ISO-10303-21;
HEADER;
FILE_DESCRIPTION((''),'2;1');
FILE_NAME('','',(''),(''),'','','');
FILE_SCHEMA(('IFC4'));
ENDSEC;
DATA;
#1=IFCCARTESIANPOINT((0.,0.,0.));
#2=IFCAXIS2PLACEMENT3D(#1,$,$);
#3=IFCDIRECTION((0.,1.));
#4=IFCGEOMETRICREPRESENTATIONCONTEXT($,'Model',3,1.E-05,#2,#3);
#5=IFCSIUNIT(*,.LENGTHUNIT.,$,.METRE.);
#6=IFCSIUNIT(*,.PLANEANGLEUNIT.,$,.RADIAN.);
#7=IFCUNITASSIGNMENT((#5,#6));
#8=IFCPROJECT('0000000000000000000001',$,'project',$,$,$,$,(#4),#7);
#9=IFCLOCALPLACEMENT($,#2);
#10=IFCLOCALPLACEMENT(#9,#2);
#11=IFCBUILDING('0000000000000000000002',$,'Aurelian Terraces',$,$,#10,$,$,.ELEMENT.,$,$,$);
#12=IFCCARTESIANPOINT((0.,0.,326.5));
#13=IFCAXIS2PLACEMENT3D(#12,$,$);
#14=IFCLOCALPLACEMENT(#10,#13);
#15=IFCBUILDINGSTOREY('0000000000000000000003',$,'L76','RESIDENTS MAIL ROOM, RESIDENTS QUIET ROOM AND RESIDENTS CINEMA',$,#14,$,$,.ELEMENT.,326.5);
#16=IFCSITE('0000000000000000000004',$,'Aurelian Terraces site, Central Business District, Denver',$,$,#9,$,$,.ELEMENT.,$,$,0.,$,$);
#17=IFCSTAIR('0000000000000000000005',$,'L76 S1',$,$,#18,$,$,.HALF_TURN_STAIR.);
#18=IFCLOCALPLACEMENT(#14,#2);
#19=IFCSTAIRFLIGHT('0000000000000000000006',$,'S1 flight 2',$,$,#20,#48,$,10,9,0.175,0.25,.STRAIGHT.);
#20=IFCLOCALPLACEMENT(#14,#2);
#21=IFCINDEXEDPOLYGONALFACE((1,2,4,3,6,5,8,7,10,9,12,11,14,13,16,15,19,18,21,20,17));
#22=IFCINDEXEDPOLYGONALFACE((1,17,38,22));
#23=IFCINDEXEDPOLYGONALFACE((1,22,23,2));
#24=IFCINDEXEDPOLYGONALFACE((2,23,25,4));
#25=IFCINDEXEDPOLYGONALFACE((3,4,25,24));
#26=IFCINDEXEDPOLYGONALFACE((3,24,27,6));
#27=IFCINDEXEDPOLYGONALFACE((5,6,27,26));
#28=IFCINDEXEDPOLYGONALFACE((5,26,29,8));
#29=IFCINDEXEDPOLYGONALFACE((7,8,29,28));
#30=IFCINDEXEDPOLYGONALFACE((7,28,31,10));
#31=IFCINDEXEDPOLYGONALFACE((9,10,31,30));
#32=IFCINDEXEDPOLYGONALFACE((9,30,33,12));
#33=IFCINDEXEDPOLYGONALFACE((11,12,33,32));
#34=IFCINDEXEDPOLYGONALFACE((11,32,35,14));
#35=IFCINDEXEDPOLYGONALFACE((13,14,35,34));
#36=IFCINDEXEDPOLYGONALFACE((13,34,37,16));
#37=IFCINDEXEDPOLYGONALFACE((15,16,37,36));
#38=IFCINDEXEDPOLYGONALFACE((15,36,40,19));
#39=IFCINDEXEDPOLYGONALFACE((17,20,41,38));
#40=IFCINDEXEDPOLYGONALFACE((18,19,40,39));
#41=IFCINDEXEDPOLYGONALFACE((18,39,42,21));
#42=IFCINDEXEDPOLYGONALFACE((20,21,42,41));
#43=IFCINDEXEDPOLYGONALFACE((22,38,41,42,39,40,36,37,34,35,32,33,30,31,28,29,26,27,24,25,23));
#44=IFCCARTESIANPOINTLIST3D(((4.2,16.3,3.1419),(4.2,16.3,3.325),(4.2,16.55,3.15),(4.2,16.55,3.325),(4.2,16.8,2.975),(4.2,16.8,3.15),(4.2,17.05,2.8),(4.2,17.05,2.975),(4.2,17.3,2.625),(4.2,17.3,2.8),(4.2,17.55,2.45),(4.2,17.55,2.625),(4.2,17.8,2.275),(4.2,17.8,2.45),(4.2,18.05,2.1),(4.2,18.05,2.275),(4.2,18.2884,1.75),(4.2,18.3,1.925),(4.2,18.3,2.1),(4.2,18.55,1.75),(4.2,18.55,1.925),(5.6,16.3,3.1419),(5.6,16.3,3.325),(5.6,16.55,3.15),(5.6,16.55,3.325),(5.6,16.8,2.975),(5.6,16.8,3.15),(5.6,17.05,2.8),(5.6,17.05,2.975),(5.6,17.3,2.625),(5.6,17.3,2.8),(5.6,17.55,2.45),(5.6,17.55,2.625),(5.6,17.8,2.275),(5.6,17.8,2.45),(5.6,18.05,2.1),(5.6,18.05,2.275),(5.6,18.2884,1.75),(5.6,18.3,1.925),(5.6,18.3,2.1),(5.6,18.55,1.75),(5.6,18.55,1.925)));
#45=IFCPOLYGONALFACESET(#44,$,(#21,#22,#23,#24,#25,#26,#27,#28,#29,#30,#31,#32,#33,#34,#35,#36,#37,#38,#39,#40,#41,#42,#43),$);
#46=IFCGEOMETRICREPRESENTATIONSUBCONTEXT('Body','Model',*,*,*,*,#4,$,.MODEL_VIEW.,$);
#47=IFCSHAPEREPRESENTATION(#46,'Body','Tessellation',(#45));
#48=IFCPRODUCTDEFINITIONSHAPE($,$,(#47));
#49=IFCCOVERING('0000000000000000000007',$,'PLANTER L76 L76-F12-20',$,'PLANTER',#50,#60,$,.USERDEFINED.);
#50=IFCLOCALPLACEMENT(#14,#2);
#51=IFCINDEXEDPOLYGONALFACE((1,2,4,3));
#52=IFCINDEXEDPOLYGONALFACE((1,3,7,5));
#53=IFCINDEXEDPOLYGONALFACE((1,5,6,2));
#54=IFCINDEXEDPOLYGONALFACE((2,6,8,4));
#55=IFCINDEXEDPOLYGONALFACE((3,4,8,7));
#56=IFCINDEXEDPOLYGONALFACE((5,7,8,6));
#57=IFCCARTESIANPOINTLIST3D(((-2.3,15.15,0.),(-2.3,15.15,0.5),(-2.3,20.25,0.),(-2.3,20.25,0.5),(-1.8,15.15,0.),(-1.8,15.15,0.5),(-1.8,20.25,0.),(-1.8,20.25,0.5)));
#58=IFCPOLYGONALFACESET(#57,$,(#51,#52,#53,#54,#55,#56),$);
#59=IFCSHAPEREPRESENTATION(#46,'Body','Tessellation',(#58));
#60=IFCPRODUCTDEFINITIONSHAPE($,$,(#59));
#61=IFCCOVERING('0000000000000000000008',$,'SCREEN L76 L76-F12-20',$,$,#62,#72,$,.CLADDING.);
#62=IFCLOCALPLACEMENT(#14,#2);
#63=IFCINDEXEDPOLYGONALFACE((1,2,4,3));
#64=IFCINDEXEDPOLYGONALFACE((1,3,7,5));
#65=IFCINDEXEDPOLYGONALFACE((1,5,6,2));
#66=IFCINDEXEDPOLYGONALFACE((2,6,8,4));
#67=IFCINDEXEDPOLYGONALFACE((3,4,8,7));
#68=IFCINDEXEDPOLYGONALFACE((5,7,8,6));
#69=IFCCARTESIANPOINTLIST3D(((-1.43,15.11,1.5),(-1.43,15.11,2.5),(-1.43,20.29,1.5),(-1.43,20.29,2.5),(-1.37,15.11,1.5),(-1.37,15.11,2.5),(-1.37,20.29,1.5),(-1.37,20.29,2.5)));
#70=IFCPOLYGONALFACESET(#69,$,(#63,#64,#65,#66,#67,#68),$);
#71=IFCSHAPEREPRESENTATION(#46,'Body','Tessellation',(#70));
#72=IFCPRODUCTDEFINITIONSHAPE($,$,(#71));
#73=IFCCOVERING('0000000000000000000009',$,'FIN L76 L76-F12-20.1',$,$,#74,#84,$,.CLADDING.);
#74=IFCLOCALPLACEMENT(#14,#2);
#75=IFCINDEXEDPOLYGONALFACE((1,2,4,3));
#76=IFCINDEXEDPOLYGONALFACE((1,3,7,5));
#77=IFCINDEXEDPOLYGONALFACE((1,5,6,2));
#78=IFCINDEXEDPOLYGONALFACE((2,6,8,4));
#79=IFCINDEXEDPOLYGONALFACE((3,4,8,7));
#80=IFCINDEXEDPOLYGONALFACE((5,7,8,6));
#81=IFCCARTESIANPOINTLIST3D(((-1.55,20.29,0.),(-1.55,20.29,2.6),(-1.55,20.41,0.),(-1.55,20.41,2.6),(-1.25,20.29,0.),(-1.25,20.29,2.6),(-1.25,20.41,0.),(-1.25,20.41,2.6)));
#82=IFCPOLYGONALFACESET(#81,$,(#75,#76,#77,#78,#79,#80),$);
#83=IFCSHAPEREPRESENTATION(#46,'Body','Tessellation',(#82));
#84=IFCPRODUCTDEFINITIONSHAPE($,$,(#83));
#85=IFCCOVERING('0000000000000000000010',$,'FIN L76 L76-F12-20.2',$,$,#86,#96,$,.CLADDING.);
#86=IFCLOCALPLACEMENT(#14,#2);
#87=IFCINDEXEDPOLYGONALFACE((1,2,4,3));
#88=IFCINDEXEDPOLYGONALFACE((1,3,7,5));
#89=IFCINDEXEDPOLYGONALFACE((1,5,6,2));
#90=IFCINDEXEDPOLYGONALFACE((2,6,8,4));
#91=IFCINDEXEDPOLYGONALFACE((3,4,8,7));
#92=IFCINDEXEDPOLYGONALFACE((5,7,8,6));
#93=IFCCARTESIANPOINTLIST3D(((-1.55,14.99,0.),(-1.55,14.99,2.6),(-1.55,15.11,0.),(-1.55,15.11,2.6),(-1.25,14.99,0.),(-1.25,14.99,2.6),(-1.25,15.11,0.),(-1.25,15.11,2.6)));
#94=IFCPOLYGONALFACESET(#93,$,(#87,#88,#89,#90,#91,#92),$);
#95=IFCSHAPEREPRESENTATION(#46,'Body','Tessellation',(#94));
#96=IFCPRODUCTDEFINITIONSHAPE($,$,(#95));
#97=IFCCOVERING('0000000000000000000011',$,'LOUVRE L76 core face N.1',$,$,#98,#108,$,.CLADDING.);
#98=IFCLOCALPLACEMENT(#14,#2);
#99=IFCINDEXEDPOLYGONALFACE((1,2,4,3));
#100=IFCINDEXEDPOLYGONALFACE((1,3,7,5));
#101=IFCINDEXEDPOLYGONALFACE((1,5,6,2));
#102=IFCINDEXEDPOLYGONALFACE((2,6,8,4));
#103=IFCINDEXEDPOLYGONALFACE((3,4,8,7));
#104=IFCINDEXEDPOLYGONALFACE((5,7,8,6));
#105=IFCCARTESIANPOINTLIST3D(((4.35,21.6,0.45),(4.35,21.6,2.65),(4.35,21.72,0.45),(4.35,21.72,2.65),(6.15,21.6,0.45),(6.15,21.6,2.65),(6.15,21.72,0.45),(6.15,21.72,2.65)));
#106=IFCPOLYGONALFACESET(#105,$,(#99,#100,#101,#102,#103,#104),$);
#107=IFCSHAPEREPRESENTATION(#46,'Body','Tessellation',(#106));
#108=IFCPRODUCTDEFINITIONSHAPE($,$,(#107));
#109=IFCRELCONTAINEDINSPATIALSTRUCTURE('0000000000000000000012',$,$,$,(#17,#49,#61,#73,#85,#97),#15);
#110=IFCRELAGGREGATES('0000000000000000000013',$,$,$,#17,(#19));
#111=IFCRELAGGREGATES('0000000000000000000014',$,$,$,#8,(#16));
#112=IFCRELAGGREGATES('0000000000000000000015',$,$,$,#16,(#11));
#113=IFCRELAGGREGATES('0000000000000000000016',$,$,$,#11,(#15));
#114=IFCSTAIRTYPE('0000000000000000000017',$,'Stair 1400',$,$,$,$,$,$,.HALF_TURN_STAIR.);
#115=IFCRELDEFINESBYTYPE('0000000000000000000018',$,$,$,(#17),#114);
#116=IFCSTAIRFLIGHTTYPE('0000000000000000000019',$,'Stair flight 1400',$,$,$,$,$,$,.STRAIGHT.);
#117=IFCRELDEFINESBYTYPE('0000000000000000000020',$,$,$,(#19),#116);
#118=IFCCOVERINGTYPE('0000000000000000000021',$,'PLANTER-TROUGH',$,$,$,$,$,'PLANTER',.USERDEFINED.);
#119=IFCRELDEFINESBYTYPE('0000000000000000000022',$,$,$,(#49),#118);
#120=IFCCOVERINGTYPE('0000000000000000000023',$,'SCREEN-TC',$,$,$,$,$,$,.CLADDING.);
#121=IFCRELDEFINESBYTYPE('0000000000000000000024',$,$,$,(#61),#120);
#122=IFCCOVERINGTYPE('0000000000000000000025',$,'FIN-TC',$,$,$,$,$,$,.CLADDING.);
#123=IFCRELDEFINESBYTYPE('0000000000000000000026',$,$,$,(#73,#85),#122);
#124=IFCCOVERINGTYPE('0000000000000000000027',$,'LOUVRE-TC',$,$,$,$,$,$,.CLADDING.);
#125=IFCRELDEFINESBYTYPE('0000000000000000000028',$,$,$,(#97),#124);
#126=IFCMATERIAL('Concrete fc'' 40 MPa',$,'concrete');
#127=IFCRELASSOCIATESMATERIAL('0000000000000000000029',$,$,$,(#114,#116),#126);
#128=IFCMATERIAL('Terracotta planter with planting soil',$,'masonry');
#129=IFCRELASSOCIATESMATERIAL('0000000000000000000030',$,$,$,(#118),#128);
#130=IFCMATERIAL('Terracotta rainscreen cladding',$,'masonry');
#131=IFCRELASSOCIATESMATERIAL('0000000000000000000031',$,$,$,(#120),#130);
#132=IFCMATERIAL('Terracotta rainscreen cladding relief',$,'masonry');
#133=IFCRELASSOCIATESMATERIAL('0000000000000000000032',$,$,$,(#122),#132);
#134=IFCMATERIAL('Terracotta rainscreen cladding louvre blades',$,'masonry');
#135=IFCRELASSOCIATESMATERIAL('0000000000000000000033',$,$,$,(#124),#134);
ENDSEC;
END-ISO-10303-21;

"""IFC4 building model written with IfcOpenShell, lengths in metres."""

from ifc_helpers import new_model, si_unit, direction, frame, origin, origin_2d, place, context, subcontext, project, spatial, polyline, rectangle, outline, extrude, source, transform, mapped, material, type_object, element, aggregate, save


model = new_model("IFC4")

# Units and contexts
model_context = context("Model", 3, precision=1e-05, world=origin(), true_north=direction((0.0, 1.0)))
body_context = subcontext(model_context, "Body", "Model", "MODEL_VIEW")
ifc_project = project(units=[si_unit("LENGTHUNIT", "METRE"), si_unit("PLANEANGLEUNIT", "RADIAN")], contexts=[model_context])

# Site, building, storey
site_placement = place(None, origin())
site = spatial("IfcSite", under=ifc_project, at=site_placement, Name="Aurelian Terraces site, Central Business District, Denver", CompositionType="ELEMENT", RefElevation=0.0)
building_placement = place(site_placement, origin())
building = spatial("IfcBuilding", under=site, at=building_placement, Name="Aurelian Terraces", CompositionType="ELEMENT")
storey_placement = place(building_placement, frame((0.0, 0.0, 326.5)))
storey = spatial("IfcBuildingStorey", under=building, at=storey_placement, Name="L76", Description="RESIDENTS MAIL ROOM, RESIDENTS QUIET ROOM AND RESIDENTS CINEMA", CompositionType="ELEMENT", Elevation=326.5)

# Shared definitions
ifc_material_1 = material(Name="Terracotta rainscreen cladding", Category="masonry")

# Stair, stair flight
ifc_material_2 = material(Name="Concrete fc' 40 MPa", Category="concrete")
stair_type = type_object("IfcStairType", Name="Stair 1400", PredefinedType="HALF_TURN_STAIR", material=ifc_material_2)
stair_placement = place(storey_placement, origin())
stair = element("IfcStair", 1, at=stair_placement, inside=storey, type_object=stair_type, Name="L76 S1", PredefinedType="HALF_TURN_STAIR")
stair_flight_type = type_object("IfcStairFlightType", Name="Stair flight 1400", PredefinedType="STRAIGHT", material=ifc_material_2)
shared_shape_1 = source(origin(), body_context, "Body", "SweptSolid", [
    extrude(outline(polyline([(0.0, 0.0), (0.0, 0.175), (0.25, 0.175), (0.25, 0.35), (0.5, 0.35), (0.5, 0.525), (0.75, 0.525), (0.75, 0.7), (1.0, 0.7), (1.0, 0.875), (1.25, 0.875), (1.25, 1.05), (1.5, 1.05), (1.5, 1.225), (1.75, 1.225), (1.75, 1.4), (2.0, 1.4), (2.0, 1.575), (2.25, 1.575), (2.25, 1.75), (2.25, 1.3919), (0.2616, 0.0), (0.0, 0.0)])), frame((0.0, 0.7, 0.0), z_axis=(0.0, -1.0, 0.0), x_axis=(1.0, 0.0, 0.0)), (0.0, 0.0, 1.0), 1.4),
])
stair_flight_placement = place(storey_placement, frame((4.9, 18.55, 1.75), z_axis=(0.0, 0.0, 1.0), x_axis=(0.0, -1.0, 0.0)))
stair_flight = element("IfcStairFlight", 2, at=stair_flight_placement, type_object=stair_flight_type, Name="S1 flight 2", NumberOfRisers=10, NumberOfTreads=9, PredefinedType="STRAIGHT", RiserHeight=0.175, TreadLength=0.25, context=body_context, shape_type="MappedRepresentation", body=[
    mapped(shared_shape_1, transform((0.0, 0.0, 0.0), scale=1.0)),
])
aggregate(stair, [stair_flight])

# Coverings
ifc_material_3 = material(Name="Terracotta planter with planting soil", Category="masonry")
covering_type_1 = type_object("IfcCoveringType", Name="PLANTER-TROUGH", ElementType="PLANTER", PredefinedType="USERDEFINED", material=ifc_material_3)
covering_1_placement = place(storey_placement, frame((-2.05, 17.7, 0.0), z_axis=(0.0, 0.0, 1.0), x_axis=(1.0, 0.0, 0.0)))
element("IfcCovering", 3, at=covering_1_placement, inside=storey, type_object=covering_type_1, Name="PLANTER L76 L76-F12-20", ObjectType="PLANTER", PredefinedType="USERDEFINED", context=body_context, shape_type="SweptSolid", body=[
    extrude(rectangle(XDim=0.5, YDim=5.1, at=origin_2d()), origin(), (0.0, 0.0, 1.0), 0.5),
])
covering_type_2 = type_object("IfcCoveringType", Name="SCREEN-TC", PredefinedType="CLADDING", material=ifc_material_1)
covering_2_placement = place(storey_placement, frame((-1.4, 17.7, 1.5), z_axis=(0.0, 0.0, 1.0), x_axis=(1.0, 0.0, 0.0)))
element("IfcCovering", 4, at=covering_2_placement, inside=storey, type_object=covering_type_2, Name="SCREEN L76 L76-F12-20", PredefinedType="CLADDING", context=body_context, shape_type="SweptSolid", body=[
    extrude(rectangle(XDim=0.06, YDim=5.18, at=origin_2d()), origin(), (0.0, 0.0, 1.0), 1.0),
])
ifc_material_4 = material(Name="Terracotta rainscreen cladding relief", Category="masonry")
covering_type_3 = type_object("IfcCoveringType", Name="FIN-TC", PredefinedType="CLADDING", material=ifc_material_4)
shared_shape_2 = source(origin(), body_context, "Body", "SweptSolid", [
    extrude(rectangle(XDim=0.3, YDim=0.12, at=origin_2d()), origin(), (0.0, 0.0, 1.0), 2.6),
])
for number, where, z_axis, x_axis, name in (
    (5, (-1.4, 20.35, 0.0), (0.0, 0.0, 1.0), (1.0, 0.0, 0.0), "FIN L76 L76-F12-20.1"),
    (6, (-1.4, 15.05, 0.0), (0.0, 0.0, 1.0), (1.0, 0.0, 0.0), "FIN L76 L76-F12-20.2"),
):
    element("IfcCovering", number, at=place(storey_placement, frame(where, z_axis=z_axis, x_axis=x_axis)), inside=storey, type_object=covering_type_3, Name=name, PredefinedType="CLADDING", context=body_context, shape_type="MappedRepresentation", body=[
        mapped(shared_shape_2, transform((0.0, 0.0, 0.0), scale=1.0)),
    ])
ifc_material_5 = material(Name="Terracotta rainscreen cladding louvre blades", Category="masonry")
covering_type_4 = type_object("IfcCoveringType", Name="LOUVRE-TC", PredefinedType="CLADDING", material=ifc_material_5)
shared_shape_3 = source(origin(), body_context, "Body", "SweptSolid", [
    extrude(rectangle(XDim=1.8, YDim=0.12, at=origin_2d()), origin(), (0.0, 0.0, 1.0), 2.2),
])
covering_3_placement = place(storey_placement, frame((5.25, 21.66, 0.45), z_axis=(0.0, 0.0, 1.0), x_axis=(1.0, 0.0, 0.0)))
element("IfcCovering", 7, at=covering_3_placement, inside=storey, type_object=covering_type_4, Name="LOUVRE L76 core face N.1", PredefinedType="CLADDING", context=body_context, shape_type="MappedRepresentation", body=[
    mapped(shared_shape_3, transform((0.0, 0.0, 0.0), scale=1.0)),
])

save(model, "model.ifc")
